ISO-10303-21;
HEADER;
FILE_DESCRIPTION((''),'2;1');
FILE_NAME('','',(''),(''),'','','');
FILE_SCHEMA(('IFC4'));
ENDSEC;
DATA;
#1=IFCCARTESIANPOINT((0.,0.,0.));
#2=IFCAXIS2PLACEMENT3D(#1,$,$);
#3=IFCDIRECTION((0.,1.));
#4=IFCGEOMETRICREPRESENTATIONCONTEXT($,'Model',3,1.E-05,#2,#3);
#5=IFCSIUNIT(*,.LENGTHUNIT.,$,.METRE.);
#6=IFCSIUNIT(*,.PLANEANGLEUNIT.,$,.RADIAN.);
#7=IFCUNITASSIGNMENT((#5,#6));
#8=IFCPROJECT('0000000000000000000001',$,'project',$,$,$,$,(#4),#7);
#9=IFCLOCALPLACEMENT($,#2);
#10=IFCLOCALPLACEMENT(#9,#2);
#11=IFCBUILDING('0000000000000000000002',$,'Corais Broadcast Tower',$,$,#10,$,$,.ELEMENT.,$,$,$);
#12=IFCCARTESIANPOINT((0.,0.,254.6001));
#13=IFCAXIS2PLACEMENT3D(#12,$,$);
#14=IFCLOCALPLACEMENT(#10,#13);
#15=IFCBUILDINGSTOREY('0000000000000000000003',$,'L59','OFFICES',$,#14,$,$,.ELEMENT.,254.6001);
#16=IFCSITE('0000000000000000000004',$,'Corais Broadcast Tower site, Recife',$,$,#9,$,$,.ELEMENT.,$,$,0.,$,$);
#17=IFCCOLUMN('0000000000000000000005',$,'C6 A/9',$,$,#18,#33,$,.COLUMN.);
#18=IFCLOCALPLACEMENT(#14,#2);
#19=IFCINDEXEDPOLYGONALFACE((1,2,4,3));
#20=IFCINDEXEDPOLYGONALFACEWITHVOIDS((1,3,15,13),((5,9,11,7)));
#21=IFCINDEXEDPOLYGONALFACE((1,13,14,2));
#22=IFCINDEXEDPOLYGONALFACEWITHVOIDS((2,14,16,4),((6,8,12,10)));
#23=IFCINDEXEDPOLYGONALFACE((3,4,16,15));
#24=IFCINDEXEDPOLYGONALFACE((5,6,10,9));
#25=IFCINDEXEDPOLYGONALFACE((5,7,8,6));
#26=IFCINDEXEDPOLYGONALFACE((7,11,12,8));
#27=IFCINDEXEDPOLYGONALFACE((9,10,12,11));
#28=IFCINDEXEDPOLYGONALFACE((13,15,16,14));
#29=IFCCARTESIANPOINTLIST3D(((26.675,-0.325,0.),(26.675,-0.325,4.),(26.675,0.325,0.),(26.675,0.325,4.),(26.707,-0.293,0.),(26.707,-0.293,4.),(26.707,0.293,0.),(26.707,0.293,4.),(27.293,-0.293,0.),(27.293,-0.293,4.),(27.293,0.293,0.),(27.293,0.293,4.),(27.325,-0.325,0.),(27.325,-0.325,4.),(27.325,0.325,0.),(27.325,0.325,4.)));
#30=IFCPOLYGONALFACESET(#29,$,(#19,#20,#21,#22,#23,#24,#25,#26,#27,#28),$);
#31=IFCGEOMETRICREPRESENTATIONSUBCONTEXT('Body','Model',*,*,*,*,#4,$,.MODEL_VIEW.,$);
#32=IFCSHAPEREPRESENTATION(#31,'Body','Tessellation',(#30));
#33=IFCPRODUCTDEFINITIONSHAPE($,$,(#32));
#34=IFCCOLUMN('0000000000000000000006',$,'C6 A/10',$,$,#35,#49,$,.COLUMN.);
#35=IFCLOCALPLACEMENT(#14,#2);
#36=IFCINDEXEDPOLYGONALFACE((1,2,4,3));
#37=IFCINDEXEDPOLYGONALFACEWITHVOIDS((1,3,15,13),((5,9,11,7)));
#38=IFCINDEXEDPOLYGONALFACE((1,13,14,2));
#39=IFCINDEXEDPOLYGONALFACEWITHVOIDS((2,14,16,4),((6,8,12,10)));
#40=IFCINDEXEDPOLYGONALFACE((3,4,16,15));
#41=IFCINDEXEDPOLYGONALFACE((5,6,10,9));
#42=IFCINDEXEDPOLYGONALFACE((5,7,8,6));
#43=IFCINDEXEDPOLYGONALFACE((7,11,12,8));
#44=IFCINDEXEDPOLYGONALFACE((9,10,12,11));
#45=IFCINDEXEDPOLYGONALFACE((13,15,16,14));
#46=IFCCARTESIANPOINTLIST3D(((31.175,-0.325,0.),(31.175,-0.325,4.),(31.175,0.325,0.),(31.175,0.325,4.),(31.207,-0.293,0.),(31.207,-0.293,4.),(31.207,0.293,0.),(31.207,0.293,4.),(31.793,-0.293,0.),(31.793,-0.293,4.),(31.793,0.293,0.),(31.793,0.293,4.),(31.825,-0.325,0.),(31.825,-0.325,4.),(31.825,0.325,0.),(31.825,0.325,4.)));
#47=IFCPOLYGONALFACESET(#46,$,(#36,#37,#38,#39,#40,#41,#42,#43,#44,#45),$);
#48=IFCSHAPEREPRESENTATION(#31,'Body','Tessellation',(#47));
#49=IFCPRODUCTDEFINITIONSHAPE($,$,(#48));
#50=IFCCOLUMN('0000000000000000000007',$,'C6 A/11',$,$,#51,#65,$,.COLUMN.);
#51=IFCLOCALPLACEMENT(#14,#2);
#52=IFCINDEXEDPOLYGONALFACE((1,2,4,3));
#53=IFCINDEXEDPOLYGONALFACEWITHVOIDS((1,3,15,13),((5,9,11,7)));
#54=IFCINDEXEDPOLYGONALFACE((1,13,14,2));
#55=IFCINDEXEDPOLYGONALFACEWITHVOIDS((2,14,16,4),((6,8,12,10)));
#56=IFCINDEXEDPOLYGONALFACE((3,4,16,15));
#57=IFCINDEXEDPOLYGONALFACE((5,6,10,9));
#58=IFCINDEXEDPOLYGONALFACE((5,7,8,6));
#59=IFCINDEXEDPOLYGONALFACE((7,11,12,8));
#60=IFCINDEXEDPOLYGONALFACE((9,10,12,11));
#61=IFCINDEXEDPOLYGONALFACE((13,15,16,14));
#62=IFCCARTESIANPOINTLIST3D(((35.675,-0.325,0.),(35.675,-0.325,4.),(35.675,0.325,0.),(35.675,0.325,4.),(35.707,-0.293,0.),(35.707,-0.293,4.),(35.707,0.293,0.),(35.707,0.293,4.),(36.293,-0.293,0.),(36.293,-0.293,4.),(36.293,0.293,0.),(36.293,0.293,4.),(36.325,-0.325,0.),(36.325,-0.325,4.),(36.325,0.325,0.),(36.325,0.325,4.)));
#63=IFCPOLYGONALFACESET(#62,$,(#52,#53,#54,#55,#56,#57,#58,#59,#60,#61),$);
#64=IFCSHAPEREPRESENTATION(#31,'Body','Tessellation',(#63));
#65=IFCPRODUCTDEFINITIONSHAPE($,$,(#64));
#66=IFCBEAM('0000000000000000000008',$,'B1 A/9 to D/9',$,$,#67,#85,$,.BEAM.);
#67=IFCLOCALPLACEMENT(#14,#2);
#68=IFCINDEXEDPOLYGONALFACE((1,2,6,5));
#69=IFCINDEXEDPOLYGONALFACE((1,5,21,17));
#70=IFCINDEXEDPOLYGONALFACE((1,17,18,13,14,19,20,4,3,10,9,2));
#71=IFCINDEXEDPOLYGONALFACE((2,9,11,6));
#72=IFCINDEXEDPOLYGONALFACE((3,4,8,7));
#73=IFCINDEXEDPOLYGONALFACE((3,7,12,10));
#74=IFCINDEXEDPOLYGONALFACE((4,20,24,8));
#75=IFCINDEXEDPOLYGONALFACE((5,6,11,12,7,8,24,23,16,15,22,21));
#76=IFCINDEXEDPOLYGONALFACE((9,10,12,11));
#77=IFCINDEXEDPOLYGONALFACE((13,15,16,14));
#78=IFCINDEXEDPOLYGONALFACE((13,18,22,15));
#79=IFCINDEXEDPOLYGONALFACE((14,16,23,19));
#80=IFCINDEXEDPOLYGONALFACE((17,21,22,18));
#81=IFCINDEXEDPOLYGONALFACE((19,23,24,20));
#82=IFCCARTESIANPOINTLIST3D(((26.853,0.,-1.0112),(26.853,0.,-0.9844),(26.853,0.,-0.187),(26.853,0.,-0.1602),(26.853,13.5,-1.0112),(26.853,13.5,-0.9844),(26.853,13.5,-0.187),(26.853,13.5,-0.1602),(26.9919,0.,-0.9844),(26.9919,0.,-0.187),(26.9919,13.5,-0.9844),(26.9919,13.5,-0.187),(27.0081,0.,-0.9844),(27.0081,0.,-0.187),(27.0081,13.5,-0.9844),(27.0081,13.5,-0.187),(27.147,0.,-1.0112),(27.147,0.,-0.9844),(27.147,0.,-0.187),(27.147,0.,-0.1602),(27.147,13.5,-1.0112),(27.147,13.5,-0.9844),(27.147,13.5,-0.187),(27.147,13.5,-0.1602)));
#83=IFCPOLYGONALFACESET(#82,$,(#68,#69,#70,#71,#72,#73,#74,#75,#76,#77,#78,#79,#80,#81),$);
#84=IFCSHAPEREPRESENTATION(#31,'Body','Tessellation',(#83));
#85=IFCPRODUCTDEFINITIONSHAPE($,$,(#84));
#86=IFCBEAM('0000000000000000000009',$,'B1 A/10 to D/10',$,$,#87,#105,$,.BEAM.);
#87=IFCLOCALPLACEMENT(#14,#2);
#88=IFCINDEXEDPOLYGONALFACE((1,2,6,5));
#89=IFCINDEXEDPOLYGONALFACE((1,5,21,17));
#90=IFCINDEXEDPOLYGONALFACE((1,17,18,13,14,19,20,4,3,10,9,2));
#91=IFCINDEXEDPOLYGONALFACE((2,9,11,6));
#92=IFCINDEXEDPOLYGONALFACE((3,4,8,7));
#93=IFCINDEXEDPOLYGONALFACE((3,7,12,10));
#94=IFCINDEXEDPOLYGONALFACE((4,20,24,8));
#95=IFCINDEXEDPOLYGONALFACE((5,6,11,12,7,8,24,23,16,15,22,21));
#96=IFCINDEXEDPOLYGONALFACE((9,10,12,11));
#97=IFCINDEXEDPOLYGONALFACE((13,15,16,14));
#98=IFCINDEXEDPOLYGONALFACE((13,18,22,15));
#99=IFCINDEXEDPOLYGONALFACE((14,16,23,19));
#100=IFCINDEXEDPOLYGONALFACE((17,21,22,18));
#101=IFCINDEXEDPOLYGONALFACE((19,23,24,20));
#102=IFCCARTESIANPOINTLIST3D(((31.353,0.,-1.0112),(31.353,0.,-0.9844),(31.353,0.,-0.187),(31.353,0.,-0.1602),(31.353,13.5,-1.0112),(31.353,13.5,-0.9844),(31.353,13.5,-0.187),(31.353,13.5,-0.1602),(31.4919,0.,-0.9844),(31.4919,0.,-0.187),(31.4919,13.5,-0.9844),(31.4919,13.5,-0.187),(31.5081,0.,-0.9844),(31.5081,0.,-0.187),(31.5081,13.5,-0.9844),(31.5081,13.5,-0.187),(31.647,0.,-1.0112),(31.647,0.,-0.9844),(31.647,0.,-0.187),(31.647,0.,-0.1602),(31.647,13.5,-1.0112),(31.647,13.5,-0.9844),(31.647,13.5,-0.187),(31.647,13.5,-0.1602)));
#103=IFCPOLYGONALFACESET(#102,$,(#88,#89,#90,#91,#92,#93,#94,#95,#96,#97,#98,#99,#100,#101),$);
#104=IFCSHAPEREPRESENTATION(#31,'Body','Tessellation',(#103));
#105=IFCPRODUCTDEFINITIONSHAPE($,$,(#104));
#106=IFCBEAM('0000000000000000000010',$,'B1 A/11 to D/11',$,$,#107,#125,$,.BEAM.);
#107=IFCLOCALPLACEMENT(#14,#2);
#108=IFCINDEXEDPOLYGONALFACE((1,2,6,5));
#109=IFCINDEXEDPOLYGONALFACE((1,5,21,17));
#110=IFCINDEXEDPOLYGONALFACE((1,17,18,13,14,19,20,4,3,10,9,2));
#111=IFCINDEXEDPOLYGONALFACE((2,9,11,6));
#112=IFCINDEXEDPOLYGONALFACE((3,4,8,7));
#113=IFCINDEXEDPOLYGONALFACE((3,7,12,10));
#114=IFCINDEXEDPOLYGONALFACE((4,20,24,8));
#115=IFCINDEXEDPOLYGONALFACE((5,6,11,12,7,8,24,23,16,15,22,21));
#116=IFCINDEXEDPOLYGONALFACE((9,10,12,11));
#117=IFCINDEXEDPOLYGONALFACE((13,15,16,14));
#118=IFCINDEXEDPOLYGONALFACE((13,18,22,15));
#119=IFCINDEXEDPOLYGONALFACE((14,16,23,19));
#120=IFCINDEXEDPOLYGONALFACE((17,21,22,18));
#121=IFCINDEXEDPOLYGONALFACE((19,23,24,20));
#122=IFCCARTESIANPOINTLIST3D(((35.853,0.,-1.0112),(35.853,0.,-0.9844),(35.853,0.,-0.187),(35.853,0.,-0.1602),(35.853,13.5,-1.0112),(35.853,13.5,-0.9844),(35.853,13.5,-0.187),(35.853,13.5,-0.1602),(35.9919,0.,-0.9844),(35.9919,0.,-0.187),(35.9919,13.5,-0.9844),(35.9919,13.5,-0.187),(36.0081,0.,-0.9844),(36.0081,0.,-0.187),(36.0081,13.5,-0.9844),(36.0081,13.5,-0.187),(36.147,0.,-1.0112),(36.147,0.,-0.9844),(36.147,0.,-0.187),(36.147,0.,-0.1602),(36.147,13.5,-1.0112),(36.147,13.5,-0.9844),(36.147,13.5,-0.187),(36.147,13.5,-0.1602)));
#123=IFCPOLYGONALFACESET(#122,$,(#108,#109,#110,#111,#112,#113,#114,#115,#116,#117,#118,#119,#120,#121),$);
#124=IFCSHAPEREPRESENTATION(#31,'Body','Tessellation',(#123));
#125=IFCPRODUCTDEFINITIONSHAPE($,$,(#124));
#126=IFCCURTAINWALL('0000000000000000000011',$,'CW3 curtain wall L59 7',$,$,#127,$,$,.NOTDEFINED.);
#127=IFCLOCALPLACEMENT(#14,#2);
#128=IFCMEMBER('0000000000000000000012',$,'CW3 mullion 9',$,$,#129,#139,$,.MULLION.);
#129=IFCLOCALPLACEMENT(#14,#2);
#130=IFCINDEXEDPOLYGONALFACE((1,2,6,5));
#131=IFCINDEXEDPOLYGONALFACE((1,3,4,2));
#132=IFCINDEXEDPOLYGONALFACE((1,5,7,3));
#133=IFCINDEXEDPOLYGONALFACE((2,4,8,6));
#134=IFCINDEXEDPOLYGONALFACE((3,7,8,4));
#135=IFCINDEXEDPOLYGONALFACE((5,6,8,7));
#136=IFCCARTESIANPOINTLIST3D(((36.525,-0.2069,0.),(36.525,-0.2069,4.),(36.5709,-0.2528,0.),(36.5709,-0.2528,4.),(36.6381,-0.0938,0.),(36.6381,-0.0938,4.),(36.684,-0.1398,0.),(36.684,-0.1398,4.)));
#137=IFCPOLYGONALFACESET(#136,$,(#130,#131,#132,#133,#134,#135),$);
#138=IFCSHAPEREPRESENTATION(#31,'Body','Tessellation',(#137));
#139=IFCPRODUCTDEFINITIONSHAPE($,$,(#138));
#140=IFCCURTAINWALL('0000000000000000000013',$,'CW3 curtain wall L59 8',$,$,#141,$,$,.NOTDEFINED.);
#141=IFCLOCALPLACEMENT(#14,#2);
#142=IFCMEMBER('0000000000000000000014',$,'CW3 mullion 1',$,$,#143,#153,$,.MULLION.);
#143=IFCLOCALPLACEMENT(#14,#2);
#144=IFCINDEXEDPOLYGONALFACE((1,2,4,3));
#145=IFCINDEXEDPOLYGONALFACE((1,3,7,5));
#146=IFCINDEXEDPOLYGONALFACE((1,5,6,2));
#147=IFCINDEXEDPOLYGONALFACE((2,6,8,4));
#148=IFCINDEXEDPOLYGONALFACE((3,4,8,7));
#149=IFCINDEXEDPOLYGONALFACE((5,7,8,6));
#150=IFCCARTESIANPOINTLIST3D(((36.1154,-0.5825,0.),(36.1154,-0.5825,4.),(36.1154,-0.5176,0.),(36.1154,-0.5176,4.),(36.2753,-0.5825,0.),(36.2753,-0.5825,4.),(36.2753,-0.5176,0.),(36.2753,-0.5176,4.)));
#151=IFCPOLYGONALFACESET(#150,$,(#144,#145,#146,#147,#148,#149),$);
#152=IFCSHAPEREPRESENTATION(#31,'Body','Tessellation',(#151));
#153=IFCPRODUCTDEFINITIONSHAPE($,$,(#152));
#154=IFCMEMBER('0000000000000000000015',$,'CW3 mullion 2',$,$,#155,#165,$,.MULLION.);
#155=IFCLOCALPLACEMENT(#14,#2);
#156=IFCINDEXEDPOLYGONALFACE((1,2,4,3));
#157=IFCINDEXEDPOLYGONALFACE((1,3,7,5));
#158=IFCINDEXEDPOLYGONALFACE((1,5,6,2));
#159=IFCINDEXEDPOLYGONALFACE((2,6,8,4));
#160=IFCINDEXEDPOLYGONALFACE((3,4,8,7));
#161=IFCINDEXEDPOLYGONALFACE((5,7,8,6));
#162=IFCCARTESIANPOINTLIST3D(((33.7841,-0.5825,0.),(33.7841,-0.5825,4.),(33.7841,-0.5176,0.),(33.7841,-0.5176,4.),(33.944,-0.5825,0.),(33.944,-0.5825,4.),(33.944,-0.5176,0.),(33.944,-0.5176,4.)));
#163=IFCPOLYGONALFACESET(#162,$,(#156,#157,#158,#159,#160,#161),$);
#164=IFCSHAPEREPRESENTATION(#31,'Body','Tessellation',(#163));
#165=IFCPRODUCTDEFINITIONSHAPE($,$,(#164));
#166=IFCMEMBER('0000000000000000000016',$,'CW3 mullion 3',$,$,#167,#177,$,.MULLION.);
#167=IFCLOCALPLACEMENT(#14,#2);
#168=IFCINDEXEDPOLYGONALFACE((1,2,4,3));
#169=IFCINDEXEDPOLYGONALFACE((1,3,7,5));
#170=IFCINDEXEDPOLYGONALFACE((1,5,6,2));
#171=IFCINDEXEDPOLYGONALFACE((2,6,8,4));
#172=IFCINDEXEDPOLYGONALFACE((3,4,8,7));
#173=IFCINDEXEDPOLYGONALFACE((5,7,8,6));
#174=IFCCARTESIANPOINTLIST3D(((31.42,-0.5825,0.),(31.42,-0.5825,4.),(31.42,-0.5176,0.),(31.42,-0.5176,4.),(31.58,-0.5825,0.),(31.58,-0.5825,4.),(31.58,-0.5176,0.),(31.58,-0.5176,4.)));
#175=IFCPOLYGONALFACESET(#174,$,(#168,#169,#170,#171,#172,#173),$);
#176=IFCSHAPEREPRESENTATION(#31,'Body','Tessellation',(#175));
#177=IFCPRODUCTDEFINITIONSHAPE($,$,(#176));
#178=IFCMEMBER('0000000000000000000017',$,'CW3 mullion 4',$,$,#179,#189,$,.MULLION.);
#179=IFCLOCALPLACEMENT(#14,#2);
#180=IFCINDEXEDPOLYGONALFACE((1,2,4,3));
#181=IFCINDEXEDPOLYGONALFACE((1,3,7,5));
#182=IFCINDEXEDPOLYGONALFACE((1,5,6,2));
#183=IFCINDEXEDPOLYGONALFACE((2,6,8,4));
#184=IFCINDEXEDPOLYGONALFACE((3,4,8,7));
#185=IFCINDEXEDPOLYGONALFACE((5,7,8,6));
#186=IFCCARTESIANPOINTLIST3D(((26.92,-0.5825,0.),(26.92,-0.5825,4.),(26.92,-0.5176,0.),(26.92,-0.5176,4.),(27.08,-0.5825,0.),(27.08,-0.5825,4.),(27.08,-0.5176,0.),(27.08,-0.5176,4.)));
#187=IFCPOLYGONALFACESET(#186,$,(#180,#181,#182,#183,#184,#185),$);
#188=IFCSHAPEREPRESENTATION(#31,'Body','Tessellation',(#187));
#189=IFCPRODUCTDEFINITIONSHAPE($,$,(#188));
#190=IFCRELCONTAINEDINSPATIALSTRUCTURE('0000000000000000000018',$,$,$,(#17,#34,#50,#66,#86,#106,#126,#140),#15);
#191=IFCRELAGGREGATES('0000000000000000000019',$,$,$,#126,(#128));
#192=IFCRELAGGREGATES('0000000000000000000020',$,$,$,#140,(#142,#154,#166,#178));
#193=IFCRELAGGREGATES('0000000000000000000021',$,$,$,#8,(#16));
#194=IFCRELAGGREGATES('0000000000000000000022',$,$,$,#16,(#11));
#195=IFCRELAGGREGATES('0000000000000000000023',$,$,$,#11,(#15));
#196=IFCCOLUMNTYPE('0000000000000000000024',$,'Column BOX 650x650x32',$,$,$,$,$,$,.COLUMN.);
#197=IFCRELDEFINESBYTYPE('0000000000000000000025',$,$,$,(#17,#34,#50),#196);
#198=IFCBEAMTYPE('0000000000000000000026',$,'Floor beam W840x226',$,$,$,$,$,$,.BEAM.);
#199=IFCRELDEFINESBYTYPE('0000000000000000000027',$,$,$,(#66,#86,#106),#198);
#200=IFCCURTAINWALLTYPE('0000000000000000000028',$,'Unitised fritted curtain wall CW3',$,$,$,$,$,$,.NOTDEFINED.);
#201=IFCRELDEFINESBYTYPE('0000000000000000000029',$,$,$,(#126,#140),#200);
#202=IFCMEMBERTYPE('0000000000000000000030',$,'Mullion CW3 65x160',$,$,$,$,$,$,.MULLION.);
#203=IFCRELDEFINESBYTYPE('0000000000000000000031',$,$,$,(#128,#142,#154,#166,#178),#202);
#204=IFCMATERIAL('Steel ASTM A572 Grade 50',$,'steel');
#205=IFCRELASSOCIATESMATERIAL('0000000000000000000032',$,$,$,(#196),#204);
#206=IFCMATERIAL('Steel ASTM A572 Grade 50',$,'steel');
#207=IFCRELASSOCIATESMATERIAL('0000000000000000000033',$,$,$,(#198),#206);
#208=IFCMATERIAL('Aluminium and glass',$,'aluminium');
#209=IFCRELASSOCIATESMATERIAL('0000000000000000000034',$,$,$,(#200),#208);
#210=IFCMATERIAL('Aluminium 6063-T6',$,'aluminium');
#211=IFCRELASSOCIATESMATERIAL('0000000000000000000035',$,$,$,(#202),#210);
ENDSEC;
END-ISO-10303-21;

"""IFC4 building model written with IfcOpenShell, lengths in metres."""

from ifc_helpers import new_model, si_unit, direction, frame, origin, origin_2d, place, context, subcontext, project, spatial, rectangle, hollow_rectangle, i_section, extrude, material, material_profile, profile_set, type_object, element, aggregate, save


model = new_model("IFC4")

# Units and contexts
model_context = context("Model", 3, precision=1e-05, world=origin(), true_north=direction((0.0, 1.0)))
body_context = subcontext(model_context, "Body", "Model", "MODEL_VIEW")
ifc_project = project(units=[si_unit("LENGTHUNIT", "METRE"), si_unit("PLANEANGLEUNIT", "RADIAN")], contexts=[model_context])

# Site, building, storey
site_placement = place(None, origin())
site = spatial("IfcSite", under=ifc_project, at=site_placement, Name="Corais Broadcast Tower site, Recife", CompositionType="ELEMENT", RefElevation=0.0)
building_placement = place(site_placement, origin())
building = spatial("IfcBuilding", under=site, at=building_placement, Name="Corais Broadcast Tower", CompositionType="ELEMENT")
storey_placement = place(building_placement, frame((0.0, 0.0, 254.6001)))
storey = spatial("IfcBuildingStorey", under=building, at=storey_placement, Name="L59", Description="OFFICES", CompositionType="ELEMENT", Elevation=254.6001)

# Columns
ifc_material_1 = material(Name="Steel ASTM A572 Grade 50", Category="steel")
ifc_material_profile_1 = material_profile(ifc_material_1, hollow_rectangle(XDim=0.6499, YDim=0.6499, WallThickness=0.032, at=origin_2d()), Name="BOX 650x650x32")
ifc_profile_set_1 = profile_set([ifc_material_profile_1], Name="Steel ASTM A572 Grade 50")
column_type = type_object("IfcColumnType", Name="Column BOX 650x650x32", PredefinedType="COLUMN", material=ifc_profile_set_1)
for number, where, z_axis, x_axis, name in (
    (1, (27.0, 0.0, 0.0), (0.0, 0.0, 1.0), (1.0, 0.0, 0.0), "C6 A/9"),
    (2, (31.5, 0.0, 0.0), (0.0, 0.0, 1.0), (1.0, 0.0, 0.0), "C6 A/10"),
    (3, (36.0, 0.0, 0.0), (0.0, 0.0, 1.0), (1.0, 0.0, 0.0), "C6 A/11"),
):
    element("IfcColumn", number, at=place(storey_placement, frame(where, z_axis=z_axis, x_axis=x_axis)), inside=storey, type_object=column_type, Name=name, PredefinedType="COLUMN", context=body_context, shape_type="SweptSolid", body=[
        extrude(hollow_rectangle(XDim=0.6499, YDim=0.6499, WallThickness=0.032, at=origin_2d()), origin(), (0.0, 0.0, 1.0), 4.0),
    ])

# Beams
ifc_material_2 = material(Name="Steel ASTM A572 Grade 50", Category="steel")
ifc_material_profile_2 = material_profile(ifc_material_2, i_section(OverallWidth=0.2939, OverallDepth=0.8511, WebThickness=0.0161, FlangeThickness=0.0269, at=origin_2d()), Name="W840x226")
ifc_profile_set_2 = profile_set([ifc_material_profile_2], Name="Steel ASTM A572 Grade 50")
beam_type_1 = type_object("IfcBeamType", Name="Floor beam W840x226", PredefinedType="BEAM", material=ifc_profile_set_2)
for number, where, z_axis, x_axis, name in (
    (4, (27.0, 0.0, -0.5857), (0.0, 1.0, 0.0), (-1.0, 0.0, 0.0), "B1 A/9 to D/9"),
    (5, (31.5, 0.0, -0.5857), (0.0, 1.0, 0.0), (-1.0, 0.0, 0.0), "B1 A/10 to D/10"),
    (6, (36.0, 0.0, -0.5857), (0.0, 1.0, 0.0), (-1.0, 0.0, 0.0), "B1 A/11 to D/11"),
):
    element("IfcBeam", number, at=place(storey_placement, frame(where, z_axis=z_axis, x_axis=x_axis)), inside=storey, type_object=beam_type_1, Name=name, PredefinedType="BEAM", context=body_context, shape_type="SweptSolid", body=[
        extrude(i_section(OverallWidth=0.2939, OverallDepth=0.8511, WebThickness=0.0161, FlangeThickness=0.0269, at=origin_2d()), origin(), (0.0, 0.0, 1.0), 13.5),
    ])

# Curtain wall, member
ifc_material_3 = material(Name="Aluminium and glass", Category="aluminium")
curtain_wall_type = type_object("IfcCurtainWallType", Name="Unitised fritted curtain wall CW3", PredefinedType="NOTDEFINED", material=ifc_material_3)
curtain_wall_1_placement = place(storey_placement, origin())
curtain_wall_1 = element("IfcCurtainWall", 7, at=curtain_wall_1_placement, inside=storey, type_object=curtain_wall_type, Name="CW3 curtain wall L59 7", PredefinedType="NOTDEFINED")
ifc_material_4 = material(Name="Aluminium 6063-T6", Category="aluminium")
ifc_material_profile_3 = material_profile(ifc_material_4, rectangle(XDim=0.0649, YDim=0.1599, at=origin_2d()), Name="Mullion CW3 65x160")
ifc_profile_set_3 = profile_set([ifc_material_profile_3], Name="Aluminium 6063-T6")
member_type_1 = type_object("IfcMemberType", Name="Mullion CW3 65x160", PredefinedType="MULLION", material=ifc_profile_set_3)
member_1_placement = place(storey_placement, frame((36.6045, -0.1733, 0.0), z_axis=(0.0, 0.0, 1.0), x_axis=(0.707107, -0.707107, 0.0)))
member_1 = element("IfcMember", 8, at=member_1_placement, type_object=member_type_1, Name="CW3 mullion 9", PredefinedType="MULLION", context=body_context, shape_type="SweptSolid", body=[
    extrude(rectangle(XDim=0.0649, YDim=0.1599, at=origin_2d()), origin(), (0.0, 0.0, 1.0), 4.0),
])
aggregate(curtain_wall_1, [member_1])

# Curtain wall, members
curtain_wall_2_placement = place(storey_placement, origin())
curtain_wall_2 = element("IfcCurtainWall", 9, at=curtain_wall_2_placement, inside=storey, type_object=curtain_wall_type, Name="CW3 curtain wall L59 8", PredefinedType="NOTDEFINED")
member_2_placement = place(storey_placement, frame((36.1953, -0.55, 0.0), z_axis=(0.0, 0.0, 1.0), x_axis=(0.0, -1.0, 0.0)))
member_2 = element("IfcMember", 10, at=member_2_placement, type_object=member_type_1, Name="CW3 mullion 1", PredefinedType="MULLION", context=body_context, shape_type="SweptSolid", body=[
    extrude(rectangle(XDim=0.0649, YDim=0.1599, at=origin_2d()), origin(), (0.0, 0.0, 1.0), 4.0),
])
member_3_placement = place(storey_placement, frame((33.864, -0.55, 0.0), z_axis=(0.0, 0.0, 1.0), x_axis=(0.0, -1.0, 0.0)))
member_3 = element("IfcMember", 11, at=member_3_placement, type_object=member_type_1, Name="CW3 mullion 2", PredefinedType="MULLION", context=body_context, shape_type="SweptSolid", body=[
    extrude(rectangle(XDim=0.0649, YDim=0.1599, at=origin_2d()), origin(), (0.0, 0.0, 1.0), 4.0),
])
member_4_placement = place(storey_placement, frame((31.5, -0.55, 0.0), z_axis=(0.0, 0.0, 1.0), x_axis=(0.0, -1.0, 0.0)))
member_4 = element("IfcMember", 12, at=member_4_placement, type_object=member_type_1, Name="CW3 mullion 3", PredefinedType="MULLION", context=body_context, shape_type="SweptSolid", body=[
    extrude(rectangle(XDim=0.0649, YDim=0.1599, at=origin_2d()), origin(), (0.0, 0.0, 1.0), 4.0),
])
member_5_placement = place(storey_placement, frame((27.0, -0.55, 0.0), z_axis=(0.0, 0.0, 1.0), x_axis=(0.0, -1.0, 0.0)))
member_5 = element("IfcMember", 13, at=member_5_placement, type_object=member_type_1, Name="CW3 mullion 4", PredefinedType="MULLION", context=body_context, shape_type="SweptSolid", body=[
    extrude(rectangle(XDim=0.0649, YDim=0.1599, at=origin_2d()), origin(), (0.0, 0.0, 1.0), 4.0),
])

aggregate(curtain_wall_2, [member_2, member_3, member_4, member_5])

save(model, "model.ifc")
